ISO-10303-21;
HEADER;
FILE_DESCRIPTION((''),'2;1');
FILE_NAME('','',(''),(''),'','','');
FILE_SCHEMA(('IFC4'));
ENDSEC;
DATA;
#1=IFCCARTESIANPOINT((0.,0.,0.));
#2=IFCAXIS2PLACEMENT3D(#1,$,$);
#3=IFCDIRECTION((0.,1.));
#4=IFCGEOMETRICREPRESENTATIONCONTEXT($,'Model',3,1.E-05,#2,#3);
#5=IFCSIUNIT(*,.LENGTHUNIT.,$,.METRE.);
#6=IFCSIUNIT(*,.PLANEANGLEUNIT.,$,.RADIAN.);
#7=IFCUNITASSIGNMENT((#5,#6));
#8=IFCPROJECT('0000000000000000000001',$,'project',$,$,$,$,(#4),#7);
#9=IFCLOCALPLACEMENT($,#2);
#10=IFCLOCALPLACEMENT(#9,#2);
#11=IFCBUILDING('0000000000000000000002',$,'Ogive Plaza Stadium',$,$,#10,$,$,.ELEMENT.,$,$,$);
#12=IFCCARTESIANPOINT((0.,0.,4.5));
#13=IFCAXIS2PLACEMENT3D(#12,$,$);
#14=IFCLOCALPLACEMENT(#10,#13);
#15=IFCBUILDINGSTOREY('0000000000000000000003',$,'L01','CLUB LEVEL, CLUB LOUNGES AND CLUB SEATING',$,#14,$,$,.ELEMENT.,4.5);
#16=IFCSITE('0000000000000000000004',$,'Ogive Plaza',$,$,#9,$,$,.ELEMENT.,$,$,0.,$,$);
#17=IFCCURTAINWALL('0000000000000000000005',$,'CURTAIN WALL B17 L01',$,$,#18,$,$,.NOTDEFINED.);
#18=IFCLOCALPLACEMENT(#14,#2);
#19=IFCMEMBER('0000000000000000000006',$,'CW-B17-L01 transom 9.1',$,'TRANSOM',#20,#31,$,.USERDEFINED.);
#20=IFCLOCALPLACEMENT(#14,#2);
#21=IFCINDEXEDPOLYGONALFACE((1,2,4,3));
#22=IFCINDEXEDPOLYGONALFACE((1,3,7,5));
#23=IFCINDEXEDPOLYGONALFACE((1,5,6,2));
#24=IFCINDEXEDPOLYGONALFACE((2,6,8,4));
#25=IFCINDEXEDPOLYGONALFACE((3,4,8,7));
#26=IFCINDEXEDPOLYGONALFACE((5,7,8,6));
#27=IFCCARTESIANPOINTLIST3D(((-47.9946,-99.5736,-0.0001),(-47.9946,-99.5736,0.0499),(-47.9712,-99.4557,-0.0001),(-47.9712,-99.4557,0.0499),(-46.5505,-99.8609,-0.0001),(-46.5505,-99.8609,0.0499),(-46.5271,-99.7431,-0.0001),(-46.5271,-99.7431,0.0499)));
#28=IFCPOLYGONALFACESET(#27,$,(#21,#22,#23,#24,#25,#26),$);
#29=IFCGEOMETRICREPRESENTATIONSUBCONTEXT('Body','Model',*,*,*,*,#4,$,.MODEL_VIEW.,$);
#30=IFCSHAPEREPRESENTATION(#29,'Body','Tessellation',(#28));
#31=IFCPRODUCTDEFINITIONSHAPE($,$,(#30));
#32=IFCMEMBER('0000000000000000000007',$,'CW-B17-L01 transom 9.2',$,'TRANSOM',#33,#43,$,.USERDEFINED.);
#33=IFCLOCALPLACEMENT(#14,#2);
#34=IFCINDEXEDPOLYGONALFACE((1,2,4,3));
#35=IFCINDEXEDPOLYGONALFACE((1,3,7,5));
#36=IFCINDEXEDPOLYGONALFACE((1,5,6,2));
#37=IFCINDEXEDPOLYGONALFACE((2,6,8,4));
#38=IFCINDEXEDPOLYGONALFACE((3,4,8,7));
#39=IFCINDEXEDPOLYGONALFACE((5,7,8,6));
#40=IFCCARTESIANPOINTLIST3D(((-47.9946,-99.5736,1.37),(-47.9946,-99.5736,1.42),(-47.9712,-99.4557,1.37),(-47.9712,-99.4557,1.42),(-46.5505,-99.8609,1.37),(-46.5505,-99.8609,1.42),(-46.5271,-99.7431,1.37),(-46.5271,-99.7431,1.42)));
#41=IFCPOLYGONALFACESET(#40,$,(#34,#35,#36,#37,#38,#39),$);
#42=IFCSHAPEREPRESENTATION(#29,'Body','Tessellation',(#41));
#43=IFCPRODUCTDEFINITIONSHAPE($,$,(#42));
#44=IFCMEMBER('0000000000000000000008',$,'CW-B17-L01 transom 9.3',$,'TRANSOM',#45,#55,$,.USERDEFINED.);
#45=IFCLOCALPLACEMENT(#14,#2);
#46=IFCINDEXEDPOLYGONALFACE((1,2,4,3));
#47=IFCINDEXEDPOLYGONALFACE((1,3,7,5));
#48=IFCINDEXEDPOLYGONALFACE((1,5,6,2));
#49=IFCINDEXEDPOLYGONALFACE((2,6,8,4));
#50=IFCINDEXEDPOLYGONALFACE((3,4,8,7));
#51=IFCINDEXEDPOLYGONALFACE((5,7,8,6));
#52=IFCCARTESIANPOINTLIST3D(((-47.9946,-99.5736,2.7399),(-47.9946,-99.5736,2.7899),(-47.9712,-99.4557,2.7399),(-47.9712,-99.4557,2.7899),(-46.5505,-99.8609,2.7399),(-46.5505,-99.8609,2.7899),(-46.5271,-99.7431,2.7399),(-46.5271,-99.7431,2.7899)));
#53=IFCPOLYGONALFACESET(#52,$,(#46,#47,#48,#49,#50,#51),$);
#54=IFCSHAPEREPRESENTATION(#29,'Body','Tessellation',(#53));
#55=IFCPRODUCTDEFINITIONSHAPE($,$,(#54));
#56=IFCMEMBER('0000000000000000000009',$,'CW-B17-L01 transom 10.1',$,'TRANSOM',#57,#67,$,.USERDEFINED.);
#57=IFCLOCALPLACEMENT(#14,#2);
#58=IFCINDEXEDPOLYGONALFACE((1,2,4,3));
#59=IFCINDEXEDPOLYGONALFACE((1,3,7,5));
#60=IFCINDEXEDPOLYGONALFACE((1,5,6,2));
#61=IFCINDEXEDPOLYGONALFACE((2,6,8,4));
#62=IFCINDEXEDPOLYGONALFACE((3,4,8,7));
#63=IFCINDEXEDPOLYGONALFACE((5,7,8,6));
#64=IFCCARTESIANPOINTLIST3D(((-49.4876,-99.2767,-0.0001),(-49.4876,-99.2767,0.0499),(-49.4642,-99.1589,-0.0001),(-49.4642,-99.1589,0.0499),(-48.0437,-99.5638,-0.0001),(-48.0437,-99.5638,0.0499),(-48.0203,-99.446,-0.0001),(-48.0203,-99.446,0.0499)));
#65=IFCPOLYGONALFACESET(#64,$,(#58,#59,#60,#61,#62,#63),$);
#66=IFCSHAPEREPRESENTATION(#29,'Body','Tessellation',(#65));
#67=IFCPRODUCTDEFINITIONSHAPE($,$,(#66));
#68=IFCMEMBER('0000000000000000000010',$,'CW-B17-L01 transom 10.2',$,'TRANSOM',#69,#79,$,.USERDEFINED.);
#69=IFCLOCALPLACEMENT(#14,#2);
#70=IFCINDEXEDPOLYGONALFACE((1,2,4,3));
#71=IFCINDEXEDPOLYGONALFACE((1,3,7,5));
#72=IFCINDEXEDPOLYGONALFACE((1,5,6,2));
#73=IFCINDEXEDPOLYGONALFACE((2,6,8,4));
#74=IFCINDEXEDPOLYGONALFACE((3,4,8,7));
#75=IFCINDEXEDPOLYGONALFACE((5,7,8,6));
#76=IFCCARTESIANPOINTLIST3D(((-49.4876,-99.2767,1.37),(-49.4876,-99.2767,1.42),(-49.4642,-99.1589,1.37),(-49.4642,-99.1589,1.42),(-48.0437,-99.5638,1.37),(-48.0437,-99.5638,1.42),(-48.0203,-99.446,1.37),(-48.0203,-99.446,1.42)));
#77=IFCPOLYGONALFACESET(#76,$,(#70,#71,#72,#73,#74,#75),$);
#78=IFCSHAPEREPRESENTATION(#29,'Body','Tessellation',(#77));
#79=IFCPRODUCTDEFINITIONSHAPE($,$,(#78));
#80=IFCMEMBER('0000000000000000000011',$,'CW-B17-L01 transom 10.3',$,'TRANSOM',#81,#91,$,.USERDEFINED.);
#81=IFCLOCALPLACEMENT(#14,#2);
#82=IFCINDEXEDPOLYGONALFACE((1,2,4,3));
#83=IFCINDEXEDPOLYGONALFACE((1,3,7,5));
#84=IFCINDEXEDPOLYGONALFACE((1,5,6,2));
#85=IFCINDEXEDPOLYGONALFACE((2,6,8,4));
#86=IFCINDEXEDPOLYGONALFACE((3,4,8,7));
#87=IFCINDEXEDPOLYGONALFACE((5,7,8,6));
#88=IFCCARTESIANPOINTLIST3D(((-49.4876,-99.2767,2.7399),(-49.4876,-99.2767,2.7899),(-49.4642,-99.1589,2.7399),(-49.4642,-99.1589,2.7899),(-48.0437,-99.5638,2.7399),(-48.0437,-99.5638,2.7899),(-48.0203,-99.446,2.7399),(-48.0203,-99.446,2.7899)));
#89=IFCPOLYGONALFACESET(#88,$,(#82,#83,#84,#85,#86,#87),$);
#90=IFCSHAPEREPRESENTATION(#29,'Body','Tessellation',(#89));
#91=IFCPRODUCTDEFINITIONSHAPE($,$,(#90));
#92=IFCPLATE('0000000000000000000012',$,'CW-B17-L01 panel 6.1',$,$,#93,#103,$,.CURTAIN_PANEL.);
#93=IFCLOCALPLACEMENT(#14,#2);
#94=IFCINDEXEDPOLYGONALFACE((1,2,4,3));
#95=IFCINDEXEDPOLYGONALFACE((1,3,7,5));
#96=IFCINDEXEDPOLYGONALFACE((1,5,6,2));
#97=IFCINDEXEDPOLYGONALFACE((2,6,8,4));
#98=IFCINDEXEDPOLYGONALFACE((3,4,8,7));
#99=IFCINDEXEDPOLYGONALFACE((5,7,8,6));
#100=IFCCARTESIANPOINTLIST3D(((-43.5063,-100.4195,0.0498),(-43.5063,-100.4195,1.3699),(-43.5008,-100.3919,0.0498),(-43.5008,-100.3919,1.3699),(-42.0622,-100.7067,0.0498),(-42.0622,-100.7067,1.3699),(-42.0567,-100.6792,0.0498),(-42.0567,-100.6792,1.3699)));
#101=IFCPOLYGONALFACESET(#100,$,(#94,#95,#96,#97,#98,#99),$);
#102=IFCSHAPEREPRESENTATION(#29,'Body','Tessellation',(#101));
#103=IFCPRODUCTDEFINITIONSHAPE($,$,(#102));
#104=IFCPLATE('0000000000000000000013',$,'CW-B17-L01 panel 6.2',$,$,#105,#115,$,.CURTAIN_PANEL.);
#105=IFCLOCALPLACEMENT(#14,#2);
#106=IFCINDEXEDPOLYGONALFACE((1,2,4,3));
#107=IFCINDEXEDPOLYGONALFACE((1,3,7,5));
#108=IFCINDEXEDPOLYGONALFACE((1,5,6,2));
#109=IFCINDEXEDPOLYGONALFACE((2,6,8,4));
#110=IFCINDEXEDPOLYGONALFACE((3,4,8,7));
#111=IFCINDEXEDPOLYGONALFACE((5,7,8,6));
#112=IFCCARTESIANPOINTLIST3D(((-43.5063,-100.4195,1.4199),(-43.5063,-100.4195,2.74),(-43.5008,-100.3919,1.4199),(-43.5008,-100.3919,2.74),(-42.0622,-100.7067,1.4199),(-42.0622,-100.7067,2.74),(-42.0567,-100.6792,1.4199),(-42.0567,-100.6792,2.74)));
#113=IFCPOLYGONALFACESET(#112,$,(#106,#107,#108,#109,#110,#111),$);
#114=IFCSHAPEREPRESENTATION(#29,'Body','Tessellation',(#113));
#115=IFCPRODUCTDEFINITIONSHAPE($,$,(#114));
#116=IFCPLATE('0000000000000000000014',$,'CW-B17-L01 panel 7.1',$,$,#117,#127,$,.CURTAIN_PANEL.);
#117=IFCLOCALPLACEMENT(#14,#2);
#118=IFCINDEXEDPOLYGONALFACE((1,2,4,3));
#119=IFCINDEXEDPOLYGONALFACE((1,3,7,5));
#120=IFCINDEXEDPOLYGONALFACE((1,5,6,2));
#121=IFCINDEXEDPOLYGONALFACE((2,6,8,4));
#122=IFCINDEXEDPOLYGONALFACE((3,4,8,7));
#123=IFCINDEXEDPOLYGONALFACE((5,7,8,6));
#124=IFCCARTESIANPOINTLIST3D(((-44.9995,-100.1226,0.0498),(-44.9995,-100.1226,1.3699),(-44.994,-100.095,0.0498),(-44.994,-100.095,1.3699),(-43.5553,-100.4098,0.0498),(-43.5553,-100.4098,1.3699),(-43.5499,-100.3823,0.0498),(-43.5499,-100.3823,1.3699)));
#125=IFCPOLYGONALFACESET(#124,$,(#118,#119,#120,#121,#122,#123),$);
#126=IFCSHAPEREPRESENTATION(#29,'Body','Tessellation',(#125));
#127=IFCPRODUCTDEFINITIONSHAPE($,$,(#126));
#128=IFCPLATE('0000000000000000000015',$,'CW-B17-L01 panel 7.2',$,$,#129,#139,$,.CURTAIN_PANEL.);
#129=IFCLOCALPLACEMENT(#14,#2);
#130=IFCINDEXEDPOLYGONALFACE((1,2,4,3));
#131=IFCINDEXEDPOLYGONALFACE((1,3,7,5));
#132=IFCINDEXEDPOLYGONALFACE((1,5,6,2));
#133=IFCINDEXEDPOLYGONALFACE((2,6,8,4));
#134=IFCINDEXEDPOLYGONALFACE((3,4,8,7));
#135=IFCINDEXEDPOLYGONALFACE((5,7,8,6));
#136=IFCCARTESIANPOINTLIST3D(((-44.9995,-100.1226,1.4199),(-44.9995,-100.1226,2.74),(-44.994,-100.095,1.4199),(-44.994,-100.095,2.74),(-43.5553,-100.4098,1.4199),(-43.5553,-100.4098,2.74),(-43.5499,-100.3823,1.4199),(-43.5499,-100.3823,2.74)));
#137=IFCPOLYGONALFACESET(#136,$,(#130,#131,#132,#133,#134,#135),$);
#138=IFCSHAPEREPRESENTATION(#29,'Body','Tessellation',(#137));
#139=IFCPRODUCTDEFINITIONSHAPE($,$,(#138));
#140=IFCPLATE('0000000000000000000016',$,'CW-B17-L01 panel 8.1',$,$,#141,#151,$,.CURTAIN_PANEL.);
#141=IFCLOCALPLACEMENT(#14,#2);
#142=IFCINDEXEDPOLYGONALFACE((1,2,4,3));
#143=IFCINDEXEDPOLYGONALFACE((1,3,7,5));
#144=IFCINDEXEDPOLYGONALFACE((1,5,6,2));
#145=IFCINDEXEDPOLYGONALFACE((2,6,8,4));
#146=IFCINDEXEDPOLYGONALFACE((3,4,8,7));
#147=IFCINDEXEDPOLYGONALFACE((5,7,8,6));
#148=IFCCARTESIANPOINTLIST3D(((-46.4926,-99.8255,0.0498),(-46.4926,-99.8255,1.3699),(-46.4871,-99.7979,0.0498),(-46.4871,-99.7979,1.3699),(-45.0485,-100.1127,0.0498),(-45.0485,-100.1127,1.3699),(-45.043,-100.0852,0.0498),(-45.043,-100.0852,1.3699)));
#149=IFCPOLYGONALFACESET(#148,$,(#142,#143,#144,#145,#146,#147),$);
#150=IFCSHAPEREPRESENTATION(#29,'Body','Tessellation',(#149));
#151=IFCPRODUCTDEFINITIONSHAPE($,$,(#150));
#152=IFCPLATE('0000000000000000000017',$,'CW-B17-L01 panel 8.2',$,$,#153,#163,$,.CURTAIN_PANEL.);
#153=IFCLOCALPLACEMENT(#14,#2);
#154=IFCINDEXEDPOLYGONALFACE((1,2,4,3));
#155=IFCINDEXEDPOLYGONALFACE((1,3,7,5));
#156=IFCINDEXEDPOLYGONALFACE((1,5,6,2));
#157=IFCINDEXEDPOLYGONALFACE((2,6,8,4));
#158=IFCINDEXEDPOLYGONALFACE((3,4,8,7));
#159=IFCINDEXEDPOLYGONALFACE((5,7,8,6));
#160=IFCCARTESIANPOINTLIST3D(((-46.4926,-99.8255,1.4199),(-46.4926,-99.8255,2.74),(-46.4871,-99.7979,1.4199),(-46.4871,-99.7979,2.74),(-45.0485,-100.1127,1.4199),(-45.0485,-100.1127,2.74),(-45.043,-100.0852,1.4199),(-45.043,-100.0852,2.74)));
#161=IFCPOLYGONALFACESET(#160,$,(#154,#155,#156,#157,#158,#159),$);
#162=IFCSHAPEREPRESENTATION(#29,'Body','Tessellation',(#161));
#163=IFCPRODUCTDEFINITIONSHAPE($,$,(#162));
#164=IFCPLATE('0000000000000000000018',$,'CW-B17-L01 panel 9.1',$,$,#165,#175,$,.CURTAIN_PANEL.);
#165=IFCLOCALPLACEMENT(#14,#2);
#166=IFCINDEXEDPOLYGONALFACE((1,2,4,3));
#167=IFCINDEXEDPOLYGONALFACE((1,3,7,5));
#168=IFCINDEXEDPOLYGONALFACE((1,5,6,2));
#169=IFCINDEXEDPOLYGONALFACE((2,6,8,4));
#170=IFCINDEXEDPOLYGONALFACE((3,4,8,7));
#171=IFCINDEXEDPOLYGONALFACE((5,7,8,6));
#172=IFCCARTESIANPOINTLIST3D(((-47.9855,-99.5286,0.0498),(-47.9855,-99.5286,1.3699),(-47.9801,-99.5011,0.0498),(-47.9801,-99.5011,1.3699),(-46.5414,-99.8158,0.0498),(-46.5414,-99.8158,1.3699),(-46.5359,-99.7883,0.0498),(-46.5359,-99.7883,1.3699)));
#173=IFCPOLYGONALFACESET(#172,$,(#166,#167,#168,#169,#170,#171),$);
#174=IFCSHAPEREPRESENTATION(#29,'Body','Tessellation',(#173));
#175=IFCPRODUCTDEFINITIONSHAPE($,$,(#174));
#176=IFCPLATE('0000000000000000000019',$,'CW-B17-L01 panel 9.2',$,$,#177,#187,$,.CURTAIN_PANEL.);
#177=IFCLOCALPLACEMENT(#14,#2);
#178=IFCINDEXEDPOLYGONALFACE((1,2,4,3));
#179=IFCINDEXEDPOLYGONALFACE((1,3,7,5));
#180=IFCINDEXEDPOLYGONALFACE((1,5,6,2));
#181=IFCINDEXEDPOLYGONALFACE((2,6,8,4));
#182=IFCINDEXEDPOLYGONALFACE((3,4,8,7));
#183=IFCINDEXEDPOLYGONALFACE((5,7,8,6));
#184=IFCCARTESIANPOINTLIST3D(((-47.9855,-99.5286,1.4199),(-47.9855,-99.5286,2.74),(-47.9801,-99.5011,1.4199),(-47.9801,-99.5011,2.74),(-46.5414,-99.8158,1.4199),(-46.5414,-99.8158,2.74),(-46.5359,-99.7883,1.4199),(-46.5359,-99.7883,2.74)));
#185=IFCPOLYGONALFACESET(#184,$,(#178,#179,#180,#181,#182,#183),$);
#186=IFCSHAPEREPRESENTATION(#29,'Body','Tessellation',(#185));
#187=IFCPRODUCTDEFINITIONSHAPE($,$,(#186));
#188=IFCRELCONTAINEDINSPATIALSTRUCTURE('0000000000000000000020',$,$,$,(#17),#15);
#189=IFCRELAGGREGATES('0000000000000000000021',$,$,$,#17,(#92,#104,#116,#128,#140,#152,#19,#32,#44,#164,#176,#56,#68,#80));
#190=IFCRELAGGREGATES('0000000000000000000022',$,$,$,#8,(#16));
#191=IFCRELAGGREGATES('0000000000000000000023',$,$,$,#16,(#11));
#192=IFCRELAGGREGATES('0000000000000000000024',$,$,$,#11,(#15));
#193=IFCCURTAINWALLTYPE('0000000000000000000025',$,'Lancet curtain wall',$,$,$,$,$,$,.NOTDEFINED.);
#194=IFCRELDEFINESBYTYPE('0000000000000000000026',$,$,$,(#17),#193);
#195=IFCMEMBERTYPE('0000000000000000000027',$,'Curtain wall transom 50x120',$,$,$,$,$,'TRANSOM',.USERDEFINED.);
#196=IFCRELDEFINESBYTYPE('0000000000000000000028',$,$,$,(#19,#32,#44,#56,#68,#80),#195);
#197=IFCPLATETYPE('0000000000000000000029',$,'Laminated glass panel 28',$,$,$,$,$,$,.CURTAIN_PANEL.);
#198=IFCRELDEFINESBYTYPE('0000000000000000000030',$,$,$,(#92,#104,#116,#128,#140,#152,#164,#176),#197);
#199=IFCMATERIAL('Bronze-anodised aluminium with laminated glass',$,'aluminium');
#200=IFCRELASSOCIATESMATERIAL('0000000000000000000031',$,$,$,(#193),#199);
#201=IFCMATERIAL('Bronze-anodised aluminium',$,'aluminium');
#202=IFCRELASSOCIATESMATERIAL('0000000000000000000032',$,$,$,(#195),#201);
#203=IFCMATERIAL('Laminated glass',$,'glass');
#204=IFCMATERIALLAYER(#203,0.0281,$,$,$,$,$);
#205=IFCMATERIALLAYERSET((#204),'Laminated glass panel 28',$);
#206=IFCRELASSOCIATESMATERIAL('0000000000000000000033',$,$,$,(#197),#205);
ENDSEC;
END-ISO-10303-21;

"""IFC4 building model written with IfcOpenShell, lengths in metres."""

from ifc_helpers import new_model, si_unit, direction, frame, origin, origin_2d, place, context, subcontext, project, spatial, rectangle, extrude, material, layer, layer_set, material_profile, profile_set, type_object, element, aggregate, save


model = new_model("IFC4")

# Units and contexts
model_context = context("Model", 3, precision=1e-05, world=origin(), true_north=direction((0.0, 1.0)))
body_context = subcontext(model_context, "Body", "Model", "MODEL_VIEW")
ifc_project = project(units=[si_unit("LENGTHUNIT", "METRE"), si_unit("PLANEANGLEUNIT", "RADIAN")], contexts=[model_context])

# Site, building, storey
site_placement = place(None, origin())
site = spatial("IfcSite", under=ifc_project, at=site_placement, Name="Ogive Plaza", CompositionType="ELEMENT", RefElevation=0.0)
building_placement = place(site_placement, origin())
building = spatial("IfcBuilding", under=site, at=building_placement, Name="Ogive Plaza Stadium", CompositionType="ELEMENT")
storey_placement = place(building_placement, frame((0.0, 0.0, 4.5)))
storey = spatial("IfcBuildingStorey", under=building, at=storey_placement, Name="L01", Description="CLUB LEVEL, CLUB LOUNGES AND CLUB SEATING", CompositionType="ELEMENT", Elevation=4.5)

# Curtain wall, members, plates
ifc_material_1 = material(Name="Bronze-anodised aluminium with laminated glass", Category="aluminium")
curtain_wall_type = type_object("IfcCurtainWallType", Name="Lancet curtain wall", PredefinedType="NOTDEFINED", material=ifc_material_1)
curtain_wall_placement = place(storey_placement, origin())
curtain_wall = element("IfcCurtainWall", 1, at=curtain_wall_placement, inside=storey, type_object=curtain_wall_type, Name="CURTAIN WALL B17 L01", PredefinedType="NOTDEFINED")
ifc_material_2 = material(Name="Bronze-anodised aluminium", Category="aluminium")
ifc_material_profile_1 = material_profile(ifc_material_2, rectangle(XDim=0.1201, YDim=0.05, at=origin_2d()), Name="AL 120x50")
ifc_profile_set_1 = profile_set([ifc_material_profile_1], Name="Bronze-anodised aluminium")
member_type_1 = type_object("IfcMemberType", Name="Curtain wall transom 50x120", ElementType="TRANSOM", PredefinedType="USERDEFINED", material=ifc_profile_set_1)
member_1_placement = place(storey_placement, frame((-46.5388, -99.802, 0.0249), z_axis=(-0.980772, 0.195159, 0.0), x_axis=(-0.195159, -0.980772, 0.0)))
member_1 = element("IfcMember", 2, at=member_1_placement, type_object=member_type_1, Name="CW-B17-L01 transom 9.1", ObjectType="TRANSOM", PredefinedType="USERDEFINED", context=body_context, shape_type="SweptSolid", body=[
    extrude(rectangle(XDim=0.1201, YDim=0.05, at=origin_2d()), origin(), (0.0, 0.0, 1.0), 1.4724),
])
member_2_placement = place(storey_placement, frame((-46.5388, -99.802, 1.395), z_axis=(-0.980772, 0.195159, 0.0), x_axis=(-0.195159, -0.980772, 0.0)))
member_2 = element("IfcMember", 3, at=member_2_placement, type_object=member_type_1, Name="CW-B17-L01 transom 9.2", ObjectType="TRANSOM", PredefinedType="USERDEFINED", context=body_context, shape_type="SweptSolid", body=[
    extrude(rectangle(XDim=0.1201, YDim=0.05, at=origin_2d()), origin(), (0.0, 0.0, 1.0), 1.4724),
])
member_3_placement = place(storey_placement, frame((-46.5388, -99.802, 2.7649), z_axis=(-0.980772, 0.195159, 0.0), x_axis=(-0.195159, -0.980772, 0.0)))
member_3 = element("IfcMember", 4, at=member_3_placement, type_object=member_type_1, Name="CW-B17-L01 transom 9.3", ObjectType="TRANSOM", PredefinedType="USERDEFINED", context=body_context, shape_type="SweptSolid", body=[
    extrude(rectangle(XDim=0.1201, YDim=0.05, at=origin_2d()), origin(), (0.0, 0.0, 1.0), 1.4724),
])
member_4_placement = place(storey_placement, frame((-48.032, -99.5049, 0.0249), z_axis=(-0.980797, 0.195032, 0.0), x_axis=(-0.195032, -0.980797, 0.0)))
member_4 = element("IfcMember", 5, at=member_4_placement, type_object=member_type_1, Name="CW-B17-L01 transom 10.1", ObjectType="TRANSOM", PredefinedType="USERDEFINED", context=body_context, shape_type="SweptSolid", body=[
    extrude(rectangle(XDim=0.1201, YDim=0.05, at=origin_2d()), origin(), (0.0, 0.0, 1.0), 1.4722),
])
member_5_placement = place(storey_placement, frame((-48.032, -99.5049, 1.395), z_axis=(-0.980797, 0.195032, 0.0), x_axis=(-0.195032, -0.980797, 0.0)))
member_5 = element("IfcMember", 6, at=member_5_placement, type_object=member_type_1, Name="CW-B17-L01 transom 10.2", ObjectType="TRANSOM", PredefinedType="USERDEFINED", context=body_context, shape_type="SweptSolid", body=[
    extrude(rectangle(XDim=0.1201, YDim=0.05, at=origin_2d()), origin(), (0.0, 0.0, 1.0), 1.4722),
])
member_6_placement = place(storey_placement, frame((-48.032, -99.5049, 2.7649), z_axis=(-0.980797, 0.195032, 0.0), x_axis=(-0.195032, -0.980797, 0.0)))
member_6 = element("IfcMember", 7, at=member_6_placement, type_object=member_type_1, Name="CW-B17-L01 transom 10.3", ObjectType="TRANSOM", PredefinedType="USERDEFINED", context=body_context, shape_type="SweptSolid", body=[
    extrude(rectangle(XDim=0.1201, YDim=0.05, at=origin_2d()), origin(), (0.0, 0.0, 1.0), 1.4722),
])
ifc_material_3 = material(Name="Laminated glass", Category="glass")
ifc_layer_1 = layer(ifc_material_3, 0.0281)
ifc_layer_set_1 = layer_set([ifc_layer_1], Name="Laminated glass panel 28")
plate_type = type_object("IfcPlateType", Name="Laminated glass panel 28", PredefinedType="CURTAIN_PANEL", material=ifc_layer_set_1)
plate_1_placement = place(storey_placement, frame((-42.7815, -100.5493, 0.0498), z_axis=(0.0, 0.0, 1.0), x_axis=(-0.980785, 0.19509, 0.0)))
plate_1 = element("IfcPlate", 8, at=plate_1_placement, type_object=plate_type, Name="CW-B17-L01 panel 6.1", PredefinedType="CURTAIN_PANEL", context=body_context, shape_type="SweptSolid", body=[
    extrude(rectangle(XDim=1.4724, YDim=0.0281, at=origin_2d()), origin(), (0.0, 0.0, 1.0), 1.3201),
])
plate_2_placement = place(storey_placement, frame((-42.7815, -100.5493, 1.4199), z_axis=(0.0, 0.0, 1.0), x_axis=(-0.980785, 0.19509, 0.0)))
plate_2 = element("IfcPlate", 9, at=plate_2_placement, type_object=plate_type, Name="CW-B17-L01 panel 6.2", PredefinedType="CURTAIN_PANEL", context=body_context, shape_type="SweptSolid", body=[
    extrude(rectangle(XDim=1.4724, YDim=0.0281, at=origin_2d()), origin(), (0.0, 0.0, 1.0), 1.3201),
])
plate_3_placement = place(storey_placement, frame((-44.2747, -100.2524, 0.0498), z_axis=(0.0, 0.0, 1.0), x_axis=(-0.980785, 0.19509, 0.0)))
plate_3 = element("IfcPlate", 10, at=plate_3_placement, type_object=plate_type, Name="CW-B17-L01 panel 7.1", PredefinedType="CURTAIN_PANEL", context=body_context, shape_type="SweptSolid", body=[
    extrude(rectangle(XDim=1.4724, YDim=0.0281, at=origin_2d()), origin(), (0.0, 0.0, 1.0), 1.3201),
])
plate_4_placement = place(storey_placement, frame((-44.2747, -100.2524, 1.4199), z_axis=(0.0, 0.0, 1.0), x_axis=(-0.980785, 0.19509, 0.0)))
plate_4 = element("IfcPlate", 11, at=plate_4_placement, type_object=plate_type, Name="CW-B17-L01 panel 7.2", PredefinedType="CURTAIN_PANEL", context=body_context, shape_type="SweptSolid", body=[
    extrude(rectangle(XDim=1.4724, YDim=0.0281, at=origin_2d()), origin(), (0.0, 0.0, 1.0), 1.3201),
])
plate_5_placement = place(storey_placement, frame((-45.7678, -99.9553, 0.0498), z_axis=(0.0, 0.0, 1.0), x_axis=(-0.980785, 0.19509, 0.0)))
plate_5 = element("IfcPlate", 12, at=plate_5_placement, type_object=plate_type, Name="CW-B17-L01 panel 8.1", PredefinedType="CURTAIN_PANEL", context=body_context, shape_type="SweptSolid", body=[
    extrude(rectangle(XDim=1.4724, YDim=0.0281, at=origin_2d()), origin(), (0.0, 0.0, 1.0), 1.3201),
])
plate_6_placement = place(storey_placement, frame((-45.7678, -99.9553, 1.4199), z_axis=(0.0, 0.0, 1.0), x_axis=(-0.980785, 0.19509, 0.0)))
plate_6 = element("IfcPlate", 13, at=plate_6_placement, type_object=plate_type, Name="CW-B17-L01 panel 8.2", PredefinedType="CURTAIN_PANEL", context=body_context, shape_type="SweptSolid", body=[
    extrude(rectangle(XDim=1.4724, YDim=0.0281, at=origin_2d()), origin(), (0.0, 0.0, 1.0), 1.3201),
])
plate_7_placement = place(storey_placement, frame((-47.2607, -99.6584, 0.0498), z_axis=(0.0, 0.0, 1.0), x_axis=(-0.980785, 0.19509, 0.0)))
plate_7 = element("IfcPlate", 14, at=plate_7_placement, type_object=plate_type, Name="CW-B17-L01 panel 9.1", PredefinedType="CURTAIN_PANEL", context=body_context, shape_type="SweptSolid", body=[
    extrude(rectangle(XDim=1.4724, YDim=0.0281, at=origin_2d()), origin(), (0.0, 0.0, 1.0), 1.3201),
])
plate_8_placement = place(storey_placement, frame((-47.2607, -99.6584, 1.4199), z_axis=(0.0, 0.0, 1.0), x_axis=(-0.980785, 0.19509, 0.0)))
plate_8 = element("IfcPlate", 15, at=plate_8_placement, type_object=plate_type, Name="CW-B17-L01 panel 9.2", PredefinedType="CURTAIN_PANEL", context=body_context, shape_type="SweptSolid", body=[
    extrude(rectangle(XDim=1.4724, YDim=0.0281, at=origin_2d()), origin(), (0.0, 0.0, 1.0), 1.3201),
])
aggregate(curtain_wall, [plate_1, plate_2, plate_3, plate_4, plate_5, plate_6, member_1, member_2, member_3, plate_7, plate_8, member_4, member_5, member_6])

save(model, "model.ifc")
